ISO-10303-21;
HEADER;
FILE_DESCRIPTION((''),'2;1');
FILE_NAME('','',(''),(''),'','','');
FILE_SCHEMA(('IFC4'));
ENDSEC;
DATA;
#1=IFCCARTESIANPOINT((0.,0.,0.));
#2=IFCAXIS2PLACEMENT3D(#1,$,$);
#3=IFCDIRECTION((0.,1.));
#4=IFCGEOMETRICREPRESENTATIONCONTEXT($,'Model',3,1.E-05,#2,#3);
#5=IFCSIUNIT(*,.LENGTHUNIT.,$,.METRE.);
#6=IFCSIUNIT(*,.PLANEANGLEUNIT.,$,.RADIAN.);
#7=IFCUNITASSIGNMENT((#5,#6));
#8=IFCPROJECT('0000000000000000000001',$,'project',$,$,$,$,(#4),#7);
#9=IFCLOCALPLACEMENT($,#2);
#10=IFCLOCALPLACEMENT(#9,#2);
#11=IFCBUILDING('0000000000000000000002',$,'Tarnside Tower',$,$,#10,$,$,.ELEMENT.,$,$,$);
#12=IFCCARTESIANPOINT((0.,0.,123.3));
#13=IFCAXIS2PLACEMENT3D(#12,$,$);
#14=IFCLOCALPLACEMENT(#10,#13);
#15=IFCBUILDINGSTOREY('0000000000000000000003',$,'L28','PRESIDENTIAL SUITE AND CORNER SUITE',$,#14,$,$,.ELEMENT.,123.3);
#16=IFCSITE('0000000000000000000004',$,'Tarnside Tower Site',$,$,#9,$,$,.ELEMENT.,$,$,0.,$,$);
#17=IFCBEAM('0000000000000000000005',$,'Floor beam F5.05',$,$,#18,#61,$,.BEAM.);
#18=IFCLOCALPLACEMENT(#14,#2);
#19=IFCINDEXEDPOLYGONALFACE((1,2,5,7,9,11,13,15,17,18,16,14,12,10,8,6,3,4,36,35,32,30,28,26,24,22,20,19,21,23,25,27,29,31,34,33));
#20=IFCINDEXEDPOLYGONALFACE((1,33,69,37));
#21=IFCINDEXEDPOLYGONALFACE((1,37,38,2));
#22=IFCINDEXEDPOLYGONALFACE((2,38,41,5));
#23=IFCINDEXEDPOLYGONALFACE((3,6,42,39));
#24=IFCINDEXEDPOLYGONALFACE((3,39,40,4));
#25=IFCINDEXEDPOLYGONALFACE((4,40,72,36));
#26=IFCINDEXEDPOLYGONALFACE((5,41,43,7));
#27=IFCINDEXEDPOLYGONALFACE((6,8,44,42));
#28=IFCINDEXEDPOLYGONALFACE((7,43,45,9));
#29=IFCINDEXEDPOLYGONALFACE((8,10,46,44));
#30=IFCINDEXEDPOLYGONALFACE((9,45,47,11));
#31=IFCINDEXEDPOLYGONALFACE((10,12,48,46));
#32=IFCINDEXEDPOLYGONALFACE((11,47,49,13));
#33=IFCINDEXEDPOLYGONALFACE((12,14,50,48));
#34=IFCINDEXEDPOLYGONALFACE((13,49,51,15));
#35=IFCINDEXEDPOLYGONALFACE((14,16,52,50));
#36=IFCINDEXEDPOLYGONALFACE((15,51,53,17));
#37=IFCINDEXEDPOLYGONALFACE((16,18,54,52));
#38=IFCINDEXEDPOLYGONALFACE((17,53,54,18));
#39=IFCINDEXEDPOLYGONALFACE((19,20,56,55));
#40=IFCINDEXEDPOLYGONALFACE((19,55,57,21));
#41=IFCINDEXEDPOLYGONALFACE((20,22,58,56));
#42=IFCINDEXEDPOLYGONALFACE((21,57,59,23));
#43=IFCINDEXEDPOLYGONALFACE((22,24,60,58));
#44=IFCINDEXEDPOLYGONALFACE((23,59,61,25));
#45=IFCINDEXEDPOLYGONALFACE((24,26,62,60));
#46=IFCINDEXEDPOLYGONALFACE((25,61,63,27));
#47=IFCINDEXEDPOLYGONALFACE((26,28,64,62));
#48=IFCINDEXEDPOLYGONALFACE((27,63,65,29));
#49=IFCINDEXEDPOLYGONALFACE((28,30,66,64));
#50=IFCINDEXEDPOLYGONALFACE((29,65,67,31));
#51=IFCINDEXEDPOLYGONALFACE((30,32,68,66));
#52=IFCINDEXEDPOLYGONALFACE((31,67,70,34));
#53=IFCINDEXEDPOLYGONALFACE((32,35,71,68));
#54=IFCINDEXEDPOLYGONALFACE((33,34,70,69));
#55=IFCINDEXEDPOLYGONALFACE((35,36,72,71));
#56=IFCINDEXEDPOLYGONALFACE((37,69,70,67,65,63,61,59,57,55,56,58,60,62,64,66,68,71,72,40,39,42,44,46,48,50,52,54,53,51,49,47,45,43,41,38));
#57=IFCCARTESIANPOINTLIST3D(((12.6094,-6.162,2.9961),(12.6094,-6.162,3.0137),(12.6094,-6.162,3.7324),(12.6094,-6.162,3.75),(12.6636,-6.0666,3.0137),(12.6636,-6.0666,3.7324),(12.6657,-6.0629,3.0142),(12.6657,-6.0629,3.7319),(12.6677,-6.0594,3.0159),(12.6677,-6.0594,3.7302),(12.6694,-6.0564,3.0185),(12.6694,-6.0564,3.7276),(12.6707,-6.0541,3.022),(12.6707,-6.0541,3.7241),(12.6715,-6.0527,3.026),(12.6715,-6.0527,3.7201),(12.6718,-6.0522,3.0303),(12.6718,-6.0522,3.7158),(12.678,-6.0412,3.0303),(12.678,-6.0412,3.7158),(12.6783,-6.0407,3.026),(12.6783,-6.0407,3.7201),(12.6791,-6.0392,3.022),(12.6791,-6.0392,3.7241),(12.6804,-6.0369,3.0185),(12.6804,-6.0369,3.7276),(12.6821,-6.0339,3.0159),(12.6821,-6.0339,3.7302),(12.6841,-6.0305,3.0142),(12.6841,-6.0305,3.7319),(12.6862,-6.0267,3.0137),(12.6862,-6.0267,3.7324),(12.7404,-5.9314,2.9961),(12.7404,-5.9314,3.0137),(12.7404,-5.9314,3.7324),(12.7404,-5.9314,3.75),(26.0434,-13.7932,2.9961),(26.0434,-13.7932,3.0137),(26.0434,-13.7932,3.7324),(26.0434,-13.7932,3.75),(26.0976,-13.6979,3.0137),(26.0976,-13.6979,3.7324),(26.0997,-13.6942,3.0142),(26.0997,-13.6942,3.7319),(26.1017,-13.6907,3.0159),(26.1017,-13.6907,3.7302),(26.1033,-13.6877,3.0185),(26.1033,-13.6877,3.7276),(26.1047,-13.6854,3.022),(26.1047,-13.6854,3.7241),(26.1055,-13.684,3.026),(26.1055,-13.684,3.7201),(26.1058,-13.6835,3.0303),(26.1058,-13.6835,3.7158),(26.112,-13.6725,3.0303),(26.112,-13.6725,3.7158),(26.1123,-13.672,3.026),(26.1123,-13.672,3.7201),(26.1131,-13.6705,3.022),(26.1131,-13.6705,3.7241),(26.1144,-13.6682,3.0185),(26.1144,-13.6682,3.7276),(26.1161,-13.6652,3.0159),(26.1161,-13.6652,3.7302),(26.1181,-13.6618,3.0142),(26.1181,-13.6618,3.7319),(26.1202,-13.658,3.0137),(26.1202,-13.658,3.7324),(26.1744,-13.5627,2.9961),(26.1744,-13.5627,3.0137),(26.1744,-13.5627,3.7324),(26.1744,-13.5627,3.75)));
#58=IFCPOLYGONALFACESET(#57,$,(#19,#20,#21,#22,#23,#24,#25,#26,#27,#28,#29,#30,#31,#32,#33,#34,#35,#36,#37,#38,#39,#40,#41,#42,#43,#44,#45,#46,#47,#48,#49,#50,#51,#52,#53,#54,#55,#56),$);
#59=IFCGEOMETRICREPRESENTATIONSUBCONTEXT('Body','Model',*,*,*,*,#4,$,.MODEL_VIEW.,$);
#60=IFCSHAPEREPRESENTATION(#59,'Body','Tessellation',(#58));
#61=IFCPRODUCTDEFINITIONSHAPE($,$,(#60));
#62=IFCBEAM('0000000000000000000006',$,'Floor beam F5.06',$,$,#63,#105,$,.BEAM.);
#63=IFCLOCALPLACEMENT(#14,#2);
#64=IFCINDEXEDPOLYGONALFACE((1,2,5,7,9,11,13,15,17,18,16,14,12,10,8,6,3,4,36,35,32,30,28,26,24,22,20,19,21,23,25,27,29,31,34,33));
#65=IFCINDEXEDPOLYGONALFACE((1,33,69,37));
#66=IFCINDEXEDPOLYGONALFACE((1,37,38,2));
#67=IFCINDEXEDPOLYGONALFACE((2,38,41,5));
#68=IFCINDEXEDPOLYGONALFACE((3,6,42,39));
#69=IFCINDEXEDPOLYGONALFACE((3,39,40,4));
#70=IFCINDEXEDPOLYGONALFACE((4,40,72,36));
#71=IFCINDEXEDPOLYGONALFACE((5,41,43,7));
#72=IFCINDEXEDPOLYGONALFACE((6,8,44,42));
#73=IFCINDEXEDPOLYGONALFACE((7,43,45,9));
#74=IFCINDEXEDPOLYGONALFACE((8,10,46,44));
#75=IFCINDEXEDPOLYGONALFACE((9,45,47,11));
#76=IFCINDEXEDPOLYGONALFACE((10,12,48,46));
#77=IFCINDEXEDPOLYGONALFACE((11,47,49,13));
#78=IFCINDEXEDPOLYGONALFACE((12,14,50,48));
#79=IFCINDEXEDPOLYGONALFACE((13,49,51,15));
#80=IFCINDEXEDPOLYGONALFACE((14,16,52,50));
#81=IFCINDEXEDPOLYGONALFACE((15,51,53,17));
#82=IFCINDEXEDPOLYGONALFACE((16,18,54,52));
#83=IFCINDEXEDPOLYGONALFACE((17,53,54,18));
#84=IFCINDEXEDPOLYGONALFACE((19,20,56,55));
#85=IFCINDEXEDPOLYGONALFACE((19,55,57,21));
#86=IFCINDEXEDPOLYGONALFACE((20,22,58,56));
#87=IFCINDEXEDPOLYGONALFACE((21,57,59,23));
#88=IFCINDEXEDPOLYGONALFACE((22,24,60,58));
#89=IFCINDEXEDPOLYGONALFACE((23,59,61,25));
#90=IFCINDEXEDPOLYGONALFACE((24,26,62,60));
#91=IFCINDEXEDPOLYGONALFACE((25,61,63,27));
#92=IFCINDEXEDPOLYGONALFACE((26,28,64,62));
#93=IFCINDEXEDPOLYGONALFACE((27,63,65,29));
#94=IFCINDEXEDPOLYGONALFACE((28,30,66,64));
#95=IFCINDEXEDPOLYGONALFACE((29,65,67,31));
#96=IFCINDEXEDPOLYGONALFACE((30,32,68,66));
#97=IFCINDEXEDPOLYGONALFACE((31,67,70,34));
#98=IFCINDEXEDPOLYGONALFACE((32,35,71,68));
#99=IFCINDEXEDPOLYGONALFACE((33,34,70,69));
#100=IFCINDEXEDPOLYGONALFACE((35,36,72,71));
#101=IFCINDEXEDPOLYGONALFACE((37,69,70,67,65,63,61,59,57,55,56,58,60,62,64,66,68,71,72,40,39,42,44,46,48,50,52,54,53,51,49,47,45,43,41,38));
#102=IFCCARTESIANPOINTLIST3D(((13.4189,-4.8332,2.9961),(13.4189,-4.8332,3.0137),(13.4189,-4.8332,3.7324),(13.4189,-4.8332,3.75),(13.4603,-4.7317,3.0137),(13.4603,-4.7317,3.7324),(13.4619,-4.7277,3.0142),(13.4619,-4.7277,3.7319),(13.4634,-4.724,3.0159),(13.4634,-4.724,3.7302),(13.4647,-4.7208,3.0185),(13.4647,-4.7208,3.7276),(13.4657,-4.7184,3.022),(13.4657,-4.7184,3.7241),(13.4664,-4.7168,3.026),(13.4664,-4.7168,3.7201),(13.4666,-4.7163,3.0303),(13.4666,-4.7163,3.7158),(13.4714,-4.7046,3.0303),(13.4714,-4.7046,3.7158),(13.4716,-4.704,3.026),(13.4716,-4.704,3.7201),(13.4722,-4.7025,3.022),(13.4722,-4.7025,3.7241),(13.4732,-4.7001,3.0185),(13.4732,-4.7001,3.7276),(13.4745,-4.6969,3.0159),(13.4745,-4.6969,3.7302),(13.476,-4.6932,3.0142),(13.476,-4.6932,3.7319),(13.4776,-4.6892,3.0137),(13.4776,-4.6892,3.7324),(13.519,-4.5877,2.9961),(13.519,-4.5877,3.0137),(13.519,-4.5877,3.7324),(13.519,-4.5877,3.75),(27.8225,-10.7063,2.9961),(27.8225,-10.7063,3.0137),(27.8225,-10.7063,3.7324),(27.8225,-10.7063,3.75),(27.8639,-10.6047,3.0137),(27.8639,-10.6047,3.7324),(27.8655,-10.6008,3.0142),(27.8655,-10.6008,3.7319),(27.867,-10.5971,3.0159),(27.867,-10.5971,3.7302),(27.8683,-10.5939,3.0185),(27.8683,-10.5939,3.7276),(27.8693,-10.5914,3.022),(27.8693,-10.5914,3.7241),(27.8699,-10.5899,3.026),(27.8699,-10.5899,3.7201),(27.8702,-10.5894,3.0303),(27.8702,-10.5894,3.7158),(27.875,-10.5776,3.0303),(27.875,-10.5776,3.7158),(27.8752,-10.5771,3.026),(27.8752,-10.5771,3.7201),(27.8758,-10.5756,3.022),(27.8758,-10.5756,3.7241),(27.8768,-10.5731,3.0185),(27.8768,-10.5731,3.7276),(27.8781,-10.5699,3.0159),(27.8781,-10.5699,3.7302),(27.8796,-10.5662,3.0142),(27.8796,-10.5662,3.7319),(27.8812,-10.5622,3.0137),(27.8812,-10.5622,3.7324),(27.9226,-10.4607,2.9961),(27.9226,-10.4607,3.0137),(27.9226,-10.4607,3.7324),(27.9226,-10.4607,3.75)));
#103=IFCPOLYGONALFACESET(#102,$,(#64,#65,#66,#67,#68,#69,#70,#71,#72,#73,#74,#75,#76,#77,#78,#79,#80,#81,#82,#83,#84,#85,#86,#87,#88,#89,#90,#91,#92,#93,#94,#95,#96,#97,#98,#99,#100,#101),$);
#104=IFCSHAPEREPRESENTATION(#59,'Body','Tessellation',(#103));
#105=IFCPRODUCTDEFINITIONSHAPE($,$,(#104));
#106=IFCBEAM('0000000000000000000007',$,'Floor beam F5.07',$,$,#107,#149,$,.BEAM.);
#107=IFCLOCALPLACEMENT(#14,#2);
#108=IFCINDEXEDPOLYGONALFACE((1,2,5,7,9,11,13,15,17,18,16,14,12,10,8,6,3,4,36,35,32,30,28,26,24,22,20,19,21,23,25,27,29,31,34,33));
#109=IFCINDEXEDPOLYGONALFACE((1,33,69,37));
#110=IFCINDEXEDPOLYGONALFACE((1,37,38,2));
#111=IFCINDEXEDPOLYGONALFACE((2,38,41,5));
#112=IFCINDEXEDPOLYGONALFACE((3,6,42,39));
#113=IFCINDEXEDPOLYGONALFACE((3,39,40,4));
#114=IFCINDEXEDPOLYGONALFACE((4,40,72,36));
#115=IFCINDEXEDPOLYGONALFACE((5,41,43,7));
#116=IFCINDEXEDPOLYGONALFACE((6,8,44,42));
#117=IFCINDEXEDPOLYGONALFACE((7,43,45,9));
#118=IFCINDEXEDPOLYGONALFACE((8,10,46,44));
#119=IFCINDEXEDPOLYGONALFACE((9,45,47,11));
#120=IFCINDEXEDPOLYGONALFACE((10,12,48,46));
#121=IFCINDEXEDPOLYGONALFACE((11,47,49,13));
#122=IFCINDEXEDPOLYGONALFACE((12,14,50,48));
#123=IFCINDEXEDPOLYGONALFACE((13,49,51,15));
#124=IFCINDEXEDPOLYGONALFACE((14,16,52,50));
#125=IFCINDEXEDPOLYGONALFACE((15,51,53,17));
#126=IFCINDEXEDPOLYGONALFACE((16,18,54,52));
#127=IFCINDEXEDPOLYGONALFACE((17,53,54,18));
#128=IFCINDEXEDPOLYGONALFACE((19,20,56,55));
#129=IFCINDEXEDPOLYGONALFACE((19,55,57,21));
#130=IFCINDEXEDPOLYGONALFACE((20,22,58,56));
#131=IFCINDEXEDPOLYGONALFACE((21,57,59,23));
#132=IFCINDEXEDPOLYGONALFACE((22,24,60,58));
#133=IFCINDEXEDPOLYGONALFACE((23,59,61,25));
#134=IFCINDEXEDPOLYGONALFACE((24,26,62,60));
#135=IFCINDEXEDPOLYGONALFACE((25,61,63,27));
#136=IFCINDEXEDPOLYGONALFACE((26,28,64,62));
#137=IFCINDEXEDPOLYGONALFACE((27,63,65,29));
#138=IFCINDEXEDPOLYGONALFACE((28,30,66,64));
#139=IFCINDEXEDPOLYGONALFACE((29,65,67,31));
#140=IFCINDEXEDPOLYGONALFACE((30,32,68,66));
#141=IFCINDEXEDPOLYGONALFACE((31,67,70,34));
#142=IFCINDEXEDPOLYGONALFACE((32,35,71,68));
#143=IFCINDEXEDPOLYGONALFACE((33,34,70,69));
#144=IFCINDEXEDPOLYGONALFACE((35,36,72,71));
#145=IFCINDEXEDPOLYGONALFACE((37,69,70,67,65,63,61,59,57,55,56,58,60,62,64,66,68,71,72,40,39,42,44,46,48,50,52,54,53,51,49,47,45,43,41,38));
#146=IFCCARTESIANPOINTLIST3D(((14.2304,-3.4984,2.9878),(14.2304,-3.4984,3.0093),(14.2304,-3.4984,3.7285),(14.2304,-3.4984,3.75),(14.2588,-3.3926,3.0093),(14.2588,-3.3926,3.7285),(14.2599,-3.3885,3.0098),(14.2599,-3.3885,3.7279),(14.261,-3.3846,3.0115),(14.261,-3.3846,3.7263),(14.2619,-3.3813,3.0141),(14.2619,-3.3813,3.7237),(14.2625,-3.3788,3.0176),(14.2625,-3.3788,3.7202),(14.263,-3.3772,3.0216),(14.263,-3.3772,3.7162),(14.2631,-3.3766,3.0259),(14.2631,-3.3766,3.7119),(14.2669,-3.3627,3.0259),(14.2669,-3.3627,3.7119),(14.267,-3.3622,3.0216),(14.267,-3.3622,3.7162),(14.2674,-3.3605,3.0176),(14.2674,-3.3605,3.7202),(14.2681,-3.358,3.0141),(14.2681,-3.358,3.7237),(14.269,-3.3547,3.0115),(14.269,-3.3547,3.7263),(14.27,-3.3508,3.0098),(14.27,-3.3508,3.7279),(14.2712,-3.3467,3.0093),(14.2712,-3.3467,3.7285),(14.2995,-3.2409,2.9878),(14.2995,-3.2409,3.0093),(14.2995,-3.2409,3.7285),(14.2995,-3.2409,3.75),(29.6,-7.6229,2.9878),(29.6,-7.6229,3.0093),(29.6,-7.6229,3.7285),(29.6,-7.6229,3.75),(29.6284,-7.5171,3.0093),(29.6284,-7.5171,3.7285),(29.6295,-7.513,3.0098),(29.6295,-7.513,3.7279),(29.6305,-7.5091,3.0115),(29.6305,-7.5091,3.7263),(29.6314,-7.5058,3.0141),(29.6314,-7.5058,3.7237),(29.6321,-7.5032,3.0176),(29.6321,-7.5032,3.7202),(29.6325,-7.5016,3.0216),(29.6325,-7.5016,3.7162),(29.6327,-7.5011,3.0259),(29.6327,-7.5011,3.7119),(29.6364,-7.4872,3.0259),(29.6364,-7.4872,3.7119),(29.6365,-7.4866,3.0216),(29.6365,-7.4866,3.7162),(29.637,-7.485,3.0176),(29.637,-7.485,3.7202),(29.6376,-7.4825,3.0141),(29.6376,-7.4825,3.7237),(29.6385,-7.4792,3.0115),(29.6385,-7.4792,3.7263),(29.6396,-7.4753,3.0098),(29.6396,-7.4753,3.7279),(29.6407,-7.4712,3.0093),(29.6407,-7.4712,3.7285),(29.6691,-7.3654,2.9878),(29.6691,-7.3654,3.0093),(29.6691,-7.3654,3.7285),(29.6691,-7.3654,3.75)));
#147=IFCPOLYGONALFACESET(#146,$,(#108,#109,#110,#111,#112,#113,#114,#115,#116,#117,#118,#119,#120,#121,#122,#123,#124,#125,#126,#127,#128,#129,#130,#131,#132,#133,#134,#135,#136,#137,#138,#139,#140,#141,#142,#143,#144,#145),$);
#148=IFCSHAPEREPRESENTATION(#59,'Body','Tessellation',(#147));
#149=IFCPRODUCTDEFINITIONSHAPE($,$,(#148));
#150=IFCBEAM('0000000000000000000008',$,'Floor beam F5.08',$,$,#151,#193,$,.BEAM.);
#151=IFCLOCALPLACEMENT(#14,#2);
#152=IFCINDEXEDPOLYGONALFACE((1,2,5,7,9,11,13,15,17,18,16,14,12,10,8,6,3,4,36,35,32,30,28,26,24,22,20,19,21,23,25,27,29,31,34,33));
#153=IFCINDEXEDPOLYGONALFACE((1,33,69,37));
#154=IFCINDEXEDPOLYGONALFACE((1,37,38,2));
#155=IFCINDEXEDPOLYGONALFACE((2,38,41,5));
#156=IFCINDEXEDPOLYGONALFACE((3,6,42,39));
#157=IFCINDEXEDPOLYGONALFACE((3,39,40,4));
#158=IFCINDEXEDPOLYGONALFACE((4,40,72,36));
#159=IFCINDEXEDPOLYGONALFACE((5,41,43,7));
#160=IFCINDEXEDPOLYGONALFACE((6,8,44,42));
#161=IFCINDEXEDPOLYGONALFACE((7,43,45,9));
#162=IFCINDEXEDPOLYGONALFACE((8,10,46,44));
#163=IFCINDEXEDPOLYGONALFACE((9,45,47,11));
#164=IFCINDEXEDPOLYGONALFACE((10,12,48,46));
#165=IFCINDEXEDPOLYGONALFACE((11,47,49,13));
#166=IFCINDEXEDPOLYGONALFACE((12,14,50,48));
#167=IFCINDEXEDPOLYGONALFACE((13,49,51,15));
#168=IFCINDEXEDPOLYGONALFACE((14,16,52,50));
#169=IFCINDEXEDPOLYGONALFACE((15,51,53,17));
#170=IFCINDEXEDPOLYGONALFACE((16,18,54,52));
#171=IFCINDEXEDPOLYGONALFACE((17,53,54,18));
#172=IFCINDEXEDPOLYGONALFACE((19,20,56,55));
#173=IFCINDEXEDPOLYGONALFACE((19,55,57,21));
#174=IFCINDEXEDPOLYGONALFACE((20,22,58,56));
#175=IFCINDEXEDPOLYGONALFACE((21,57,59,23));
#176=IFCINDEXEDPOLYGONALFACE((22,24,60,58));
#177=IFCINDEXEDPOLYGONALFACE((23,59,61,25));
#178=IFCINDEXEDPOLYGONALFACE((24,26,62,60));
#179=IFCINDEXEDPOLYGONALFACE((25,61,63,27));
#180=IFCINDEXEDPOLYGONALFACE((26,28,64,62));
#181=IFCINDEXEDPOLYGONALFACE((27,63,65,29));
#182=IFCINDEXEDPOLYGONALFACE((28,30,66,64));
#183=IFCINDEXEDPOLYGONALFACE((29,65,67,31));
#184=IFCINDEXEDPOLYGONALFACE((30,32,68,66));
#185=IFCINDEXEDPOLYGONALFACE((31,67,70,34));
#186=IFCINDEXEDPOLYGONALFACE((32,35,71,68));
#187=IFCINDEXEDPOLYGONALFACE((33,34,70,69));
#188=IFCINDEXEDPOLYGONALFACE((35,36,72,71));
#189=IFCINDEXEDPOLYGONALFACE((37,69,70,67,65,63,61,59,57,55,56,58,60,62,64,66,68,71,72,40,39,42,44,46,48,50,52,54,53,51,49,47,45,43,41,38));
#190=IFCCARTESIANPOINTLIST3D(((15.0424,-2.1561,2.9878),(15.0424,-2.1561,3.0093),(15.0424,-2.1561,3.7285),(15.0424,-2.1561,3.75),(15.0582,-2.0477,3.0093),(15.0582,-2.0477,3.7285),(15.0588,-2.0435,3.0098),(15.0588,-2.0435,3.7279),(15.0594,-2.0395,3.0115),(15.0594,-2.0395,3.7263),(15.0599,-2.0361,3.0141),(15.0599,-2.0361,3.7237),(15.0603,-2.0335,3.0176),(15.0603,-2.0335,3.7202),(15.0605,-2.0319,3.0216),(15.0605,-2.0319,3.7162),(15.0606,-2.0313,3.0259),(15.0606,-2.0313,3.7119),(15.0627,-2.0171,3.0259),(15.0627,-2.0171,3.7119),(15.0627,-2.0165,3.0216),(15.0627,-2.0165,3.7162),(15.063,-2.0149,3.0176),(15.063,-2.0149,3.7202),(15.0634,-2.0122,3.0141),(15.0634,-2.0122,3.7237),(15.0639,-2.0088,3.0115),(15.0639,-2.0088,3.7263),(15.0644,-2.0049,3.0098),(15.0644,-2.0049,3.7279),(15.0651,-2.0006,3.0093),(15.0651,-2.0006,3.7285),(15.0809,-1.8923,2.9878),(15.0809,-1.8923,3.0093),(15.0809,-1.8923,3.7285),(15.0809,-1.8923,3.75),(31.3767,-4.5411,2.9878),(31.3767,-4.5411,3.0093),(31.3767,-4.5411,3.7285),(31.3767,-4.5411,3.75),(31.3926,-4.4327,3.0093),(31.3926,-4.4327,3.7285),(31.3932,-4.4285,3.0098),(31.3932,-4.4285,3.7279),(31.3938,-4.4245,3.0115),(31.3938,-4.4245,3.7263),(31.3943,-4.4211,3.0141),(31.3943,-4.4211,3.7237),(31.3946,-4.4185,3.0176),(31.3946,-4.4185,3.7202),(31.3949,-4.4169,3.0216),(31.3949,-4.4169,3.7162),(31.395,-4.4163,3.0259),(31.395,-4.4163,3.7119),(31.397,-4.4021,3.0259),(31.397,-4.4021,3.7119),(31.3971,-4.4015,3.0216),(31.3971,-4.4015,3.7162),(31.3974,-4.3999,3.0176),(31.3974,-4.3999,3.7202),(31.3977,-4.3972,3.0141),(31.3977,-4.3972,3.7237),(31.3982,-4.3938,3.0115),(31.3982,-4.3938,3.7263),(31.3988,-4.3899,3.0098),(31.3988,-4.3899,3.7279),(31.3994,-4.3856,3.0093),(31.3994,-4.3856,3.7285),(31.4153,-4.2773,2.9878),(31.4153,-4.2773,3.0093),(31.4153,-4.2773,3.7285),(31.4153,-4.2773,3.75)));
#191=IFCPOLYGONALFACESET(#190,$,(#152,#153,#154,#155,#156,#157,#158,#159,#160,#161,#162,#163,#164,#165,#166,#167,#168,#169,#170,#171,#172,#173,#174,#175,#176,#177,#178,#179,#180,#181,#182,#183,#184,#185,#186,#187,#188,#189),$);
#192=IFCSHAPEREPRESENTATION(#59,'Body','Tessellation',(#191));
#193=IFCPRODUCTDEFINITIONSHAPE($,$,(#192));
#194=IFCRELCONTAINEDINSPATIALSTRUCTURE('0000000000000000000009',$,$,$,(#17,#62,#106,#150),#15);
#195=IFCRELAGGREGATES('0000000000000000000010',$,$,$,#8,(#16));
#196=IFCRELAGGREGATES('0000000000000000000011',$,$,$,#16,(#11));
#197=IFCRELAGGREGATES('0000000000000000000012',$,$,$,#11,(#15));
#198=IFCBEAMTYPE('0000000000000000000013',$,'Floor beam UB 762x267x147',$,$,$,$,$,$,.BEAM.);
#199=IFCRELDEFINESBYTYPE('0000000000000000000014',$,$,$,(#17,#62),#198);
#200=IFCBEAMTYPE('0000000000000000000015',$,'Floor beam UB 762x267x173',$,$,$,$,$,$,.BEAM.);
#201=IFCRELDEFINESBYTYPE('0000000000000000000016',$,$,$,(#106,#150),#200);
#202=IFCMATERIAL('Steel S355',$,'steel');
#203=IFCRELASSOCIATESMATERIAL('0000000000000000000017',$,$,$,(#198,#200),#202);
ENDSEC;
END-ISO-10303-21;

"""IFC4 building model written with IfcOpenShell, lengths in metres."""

from ifc_helpers import new_model, si_unit, direction, frame, origin, origin_2d, place, context, subcontext, project, spatial, i_section, extrude, material, material_profile, profile_set, type_object, element, save


model = new_model("IFC4")

# Units and contexts
model_context = context("Model", 3, precision=1e-05, world=origin(), true_north=direction((0.0, 1.0)))
body_context = subcontext(model_context, "Body", "Model", "MODEL_VIEW")
ifc_project = project(units=[si_unit("LENGTHUNIT", "METRE"), si_unit("PLANEANGLEUNIT", "RADIAN")], contexts=[model_context])

# Site, building, storey
site_placement = place(None, origin())
site = spatial("IfcSite", under=ifc_project, at=site_placement, Name="Tarnside Tower Site", CompositionType="ELEMENT", RefElevation=0.0)
building_placement = place(site_placement, origin())
building = spatial("IfcBuilding", under=site, at=building_placement, Name="Tarnside Tower", CompositionType="ELEMENT")
storey_placement = place(building_placement, frame((0.0, 0.0, 123.3)))
storey = spatial("IfcBuildingStorey", under=building, at=storey_placement, Name="L28", Description="PRESIDENTIAL SUITE AND CORNER SUITE", CompositionType="ELEMENT", Elevation=123.3)

# Beams
ifc_material_1 = material(Name="Steel S355", Category="steel")
ifc_material_profile_1 = material_profile(ifc_material_1, i_section(OverallWidth=0.2651, OverallDepth=0.7539, WebThickness=0.0127, FlangeThickness=0.0176, FilletRadius=0.0166, at=origin_2d()), Name="UB 762x267x147")
ifc_profile_set_1 = profile_set([ifc_material_profile_1], Name="Steel S355")
beam_type_1 = type_object("IfcBeamType", Name="Floor beam UB 762x267x147", PredefinedType="BEAM", material=ifc_profile_set_1)
beam_1_placement = place(storey_placement, frame((26.1089, -13.678, 3.373), z_axis=(-0.869503, 0.493929, 0.0), x_axis=(-0.493929, -0.869503, 0.0)))
element("IfcBeam", 1, at=beam_1_placement, inside=storey, type_object=beam_type_1, Name="Floor beam F5.05", PredefinedType="BEAM", context=body_context, shape_type="SweptSolid", body=[
    extrude(i_section(OverallWidth=0.2651, OverallDepth=0.7539, WebThickness=0.0127, FlangeThickness=0.0176, FilletRadius=0.0166, at=origin_2d()), origin(), (0.0, 0.0, 1.0), 15.4502),
])
beam_2_placement = place(storey_placement, frame((27.8726, -10.5835, 3.373), z_axis=(-0.925982, 0.377569, 0.0), x_axis=(-0.377569, -0.925982, 0.0)))
element("IfcBeam", 2, at=beam_2_placement, inside=storey, type_object=beam_type_1, Name="Floor beam F5.06", PredefinedType="BEAM", context=body_context, shape_type="SweptSolid", body=[
    extrude(i_section(OverallWidth=0.2651, OverallDepth=0.7539, WebThickness=0.0127, FlangeThickness=0.0176, FilletRadius=0.0166, at=origin_2d()), origin(), (0.0, 0.0, 1.0), 15.5549),
])
ifc_material_profile_2 = material_profile(ifc_material_1, i_section(OverallWidth=0.2666, OverallDepth=0.7622, WebThickness=0.0144, FlangeThickness=0.0215, FilletRadius=0.0166, at=origin_2d()), Name="UB 762x267x173")
ifc_profile_set_2 = profile_set([ifc_material_profile_2], Name="Steel S355")
beam_type_2 = type_object("IfcBeamType", Name="Floor beam UB 762x267x173", PredefinedType="BEAM", material=ifc_profile_set_2)
beam_3_placement = place(storey_placement, frame((29.6345, -7.4941, 3.3689), z_axis=(-0.965828, 0.259184, 0.0), x_axis=(-0.259184, -0.965828, 0.0)))
element("IfcBeam", 3, at=beam_3_placement, inside=storey, type_object=beam_type_2, Name="Floor beam F5.07", PredefinedType="BEAM", context=body_context, shape_type="SweptSolid", body=[
    extrude(i_section(OverallWidth=0.2666, OverallDepth=0.7622, WebThickness=0.0144, FlangeThickness=0.0215, FilletRadius=0.0166, at=origin_2d()), origin(), (0.0, 0.0, 1.0), 15.9133),
])
beam_4_placement = place(storey_placement, frame((31.396, -4.4092, 3.3689), z_axis=(-0.989508, 0.144479, 0.0), x_axis=(-0.144479, -0.989508, 0.0)))
element("IfcBeam", 4, at=beam_4_placement, inside=storey, type_object=beam_type_2, Name="Floor beam F5.08", PredefinedType="BEAM", context=body_context, shape_type="SweptSolid", body=[
    extrude(i_section(OverallWidth=0.2666, OverallDepth=0.7622, WebThickness=0.0144, FlangeThickness=0.0215, FilletRadius=0.0166, at=origin_2d()), origin(), (0.0, 0.0, 1.0), 16.5076),
])

save(model, "model.ifc")
